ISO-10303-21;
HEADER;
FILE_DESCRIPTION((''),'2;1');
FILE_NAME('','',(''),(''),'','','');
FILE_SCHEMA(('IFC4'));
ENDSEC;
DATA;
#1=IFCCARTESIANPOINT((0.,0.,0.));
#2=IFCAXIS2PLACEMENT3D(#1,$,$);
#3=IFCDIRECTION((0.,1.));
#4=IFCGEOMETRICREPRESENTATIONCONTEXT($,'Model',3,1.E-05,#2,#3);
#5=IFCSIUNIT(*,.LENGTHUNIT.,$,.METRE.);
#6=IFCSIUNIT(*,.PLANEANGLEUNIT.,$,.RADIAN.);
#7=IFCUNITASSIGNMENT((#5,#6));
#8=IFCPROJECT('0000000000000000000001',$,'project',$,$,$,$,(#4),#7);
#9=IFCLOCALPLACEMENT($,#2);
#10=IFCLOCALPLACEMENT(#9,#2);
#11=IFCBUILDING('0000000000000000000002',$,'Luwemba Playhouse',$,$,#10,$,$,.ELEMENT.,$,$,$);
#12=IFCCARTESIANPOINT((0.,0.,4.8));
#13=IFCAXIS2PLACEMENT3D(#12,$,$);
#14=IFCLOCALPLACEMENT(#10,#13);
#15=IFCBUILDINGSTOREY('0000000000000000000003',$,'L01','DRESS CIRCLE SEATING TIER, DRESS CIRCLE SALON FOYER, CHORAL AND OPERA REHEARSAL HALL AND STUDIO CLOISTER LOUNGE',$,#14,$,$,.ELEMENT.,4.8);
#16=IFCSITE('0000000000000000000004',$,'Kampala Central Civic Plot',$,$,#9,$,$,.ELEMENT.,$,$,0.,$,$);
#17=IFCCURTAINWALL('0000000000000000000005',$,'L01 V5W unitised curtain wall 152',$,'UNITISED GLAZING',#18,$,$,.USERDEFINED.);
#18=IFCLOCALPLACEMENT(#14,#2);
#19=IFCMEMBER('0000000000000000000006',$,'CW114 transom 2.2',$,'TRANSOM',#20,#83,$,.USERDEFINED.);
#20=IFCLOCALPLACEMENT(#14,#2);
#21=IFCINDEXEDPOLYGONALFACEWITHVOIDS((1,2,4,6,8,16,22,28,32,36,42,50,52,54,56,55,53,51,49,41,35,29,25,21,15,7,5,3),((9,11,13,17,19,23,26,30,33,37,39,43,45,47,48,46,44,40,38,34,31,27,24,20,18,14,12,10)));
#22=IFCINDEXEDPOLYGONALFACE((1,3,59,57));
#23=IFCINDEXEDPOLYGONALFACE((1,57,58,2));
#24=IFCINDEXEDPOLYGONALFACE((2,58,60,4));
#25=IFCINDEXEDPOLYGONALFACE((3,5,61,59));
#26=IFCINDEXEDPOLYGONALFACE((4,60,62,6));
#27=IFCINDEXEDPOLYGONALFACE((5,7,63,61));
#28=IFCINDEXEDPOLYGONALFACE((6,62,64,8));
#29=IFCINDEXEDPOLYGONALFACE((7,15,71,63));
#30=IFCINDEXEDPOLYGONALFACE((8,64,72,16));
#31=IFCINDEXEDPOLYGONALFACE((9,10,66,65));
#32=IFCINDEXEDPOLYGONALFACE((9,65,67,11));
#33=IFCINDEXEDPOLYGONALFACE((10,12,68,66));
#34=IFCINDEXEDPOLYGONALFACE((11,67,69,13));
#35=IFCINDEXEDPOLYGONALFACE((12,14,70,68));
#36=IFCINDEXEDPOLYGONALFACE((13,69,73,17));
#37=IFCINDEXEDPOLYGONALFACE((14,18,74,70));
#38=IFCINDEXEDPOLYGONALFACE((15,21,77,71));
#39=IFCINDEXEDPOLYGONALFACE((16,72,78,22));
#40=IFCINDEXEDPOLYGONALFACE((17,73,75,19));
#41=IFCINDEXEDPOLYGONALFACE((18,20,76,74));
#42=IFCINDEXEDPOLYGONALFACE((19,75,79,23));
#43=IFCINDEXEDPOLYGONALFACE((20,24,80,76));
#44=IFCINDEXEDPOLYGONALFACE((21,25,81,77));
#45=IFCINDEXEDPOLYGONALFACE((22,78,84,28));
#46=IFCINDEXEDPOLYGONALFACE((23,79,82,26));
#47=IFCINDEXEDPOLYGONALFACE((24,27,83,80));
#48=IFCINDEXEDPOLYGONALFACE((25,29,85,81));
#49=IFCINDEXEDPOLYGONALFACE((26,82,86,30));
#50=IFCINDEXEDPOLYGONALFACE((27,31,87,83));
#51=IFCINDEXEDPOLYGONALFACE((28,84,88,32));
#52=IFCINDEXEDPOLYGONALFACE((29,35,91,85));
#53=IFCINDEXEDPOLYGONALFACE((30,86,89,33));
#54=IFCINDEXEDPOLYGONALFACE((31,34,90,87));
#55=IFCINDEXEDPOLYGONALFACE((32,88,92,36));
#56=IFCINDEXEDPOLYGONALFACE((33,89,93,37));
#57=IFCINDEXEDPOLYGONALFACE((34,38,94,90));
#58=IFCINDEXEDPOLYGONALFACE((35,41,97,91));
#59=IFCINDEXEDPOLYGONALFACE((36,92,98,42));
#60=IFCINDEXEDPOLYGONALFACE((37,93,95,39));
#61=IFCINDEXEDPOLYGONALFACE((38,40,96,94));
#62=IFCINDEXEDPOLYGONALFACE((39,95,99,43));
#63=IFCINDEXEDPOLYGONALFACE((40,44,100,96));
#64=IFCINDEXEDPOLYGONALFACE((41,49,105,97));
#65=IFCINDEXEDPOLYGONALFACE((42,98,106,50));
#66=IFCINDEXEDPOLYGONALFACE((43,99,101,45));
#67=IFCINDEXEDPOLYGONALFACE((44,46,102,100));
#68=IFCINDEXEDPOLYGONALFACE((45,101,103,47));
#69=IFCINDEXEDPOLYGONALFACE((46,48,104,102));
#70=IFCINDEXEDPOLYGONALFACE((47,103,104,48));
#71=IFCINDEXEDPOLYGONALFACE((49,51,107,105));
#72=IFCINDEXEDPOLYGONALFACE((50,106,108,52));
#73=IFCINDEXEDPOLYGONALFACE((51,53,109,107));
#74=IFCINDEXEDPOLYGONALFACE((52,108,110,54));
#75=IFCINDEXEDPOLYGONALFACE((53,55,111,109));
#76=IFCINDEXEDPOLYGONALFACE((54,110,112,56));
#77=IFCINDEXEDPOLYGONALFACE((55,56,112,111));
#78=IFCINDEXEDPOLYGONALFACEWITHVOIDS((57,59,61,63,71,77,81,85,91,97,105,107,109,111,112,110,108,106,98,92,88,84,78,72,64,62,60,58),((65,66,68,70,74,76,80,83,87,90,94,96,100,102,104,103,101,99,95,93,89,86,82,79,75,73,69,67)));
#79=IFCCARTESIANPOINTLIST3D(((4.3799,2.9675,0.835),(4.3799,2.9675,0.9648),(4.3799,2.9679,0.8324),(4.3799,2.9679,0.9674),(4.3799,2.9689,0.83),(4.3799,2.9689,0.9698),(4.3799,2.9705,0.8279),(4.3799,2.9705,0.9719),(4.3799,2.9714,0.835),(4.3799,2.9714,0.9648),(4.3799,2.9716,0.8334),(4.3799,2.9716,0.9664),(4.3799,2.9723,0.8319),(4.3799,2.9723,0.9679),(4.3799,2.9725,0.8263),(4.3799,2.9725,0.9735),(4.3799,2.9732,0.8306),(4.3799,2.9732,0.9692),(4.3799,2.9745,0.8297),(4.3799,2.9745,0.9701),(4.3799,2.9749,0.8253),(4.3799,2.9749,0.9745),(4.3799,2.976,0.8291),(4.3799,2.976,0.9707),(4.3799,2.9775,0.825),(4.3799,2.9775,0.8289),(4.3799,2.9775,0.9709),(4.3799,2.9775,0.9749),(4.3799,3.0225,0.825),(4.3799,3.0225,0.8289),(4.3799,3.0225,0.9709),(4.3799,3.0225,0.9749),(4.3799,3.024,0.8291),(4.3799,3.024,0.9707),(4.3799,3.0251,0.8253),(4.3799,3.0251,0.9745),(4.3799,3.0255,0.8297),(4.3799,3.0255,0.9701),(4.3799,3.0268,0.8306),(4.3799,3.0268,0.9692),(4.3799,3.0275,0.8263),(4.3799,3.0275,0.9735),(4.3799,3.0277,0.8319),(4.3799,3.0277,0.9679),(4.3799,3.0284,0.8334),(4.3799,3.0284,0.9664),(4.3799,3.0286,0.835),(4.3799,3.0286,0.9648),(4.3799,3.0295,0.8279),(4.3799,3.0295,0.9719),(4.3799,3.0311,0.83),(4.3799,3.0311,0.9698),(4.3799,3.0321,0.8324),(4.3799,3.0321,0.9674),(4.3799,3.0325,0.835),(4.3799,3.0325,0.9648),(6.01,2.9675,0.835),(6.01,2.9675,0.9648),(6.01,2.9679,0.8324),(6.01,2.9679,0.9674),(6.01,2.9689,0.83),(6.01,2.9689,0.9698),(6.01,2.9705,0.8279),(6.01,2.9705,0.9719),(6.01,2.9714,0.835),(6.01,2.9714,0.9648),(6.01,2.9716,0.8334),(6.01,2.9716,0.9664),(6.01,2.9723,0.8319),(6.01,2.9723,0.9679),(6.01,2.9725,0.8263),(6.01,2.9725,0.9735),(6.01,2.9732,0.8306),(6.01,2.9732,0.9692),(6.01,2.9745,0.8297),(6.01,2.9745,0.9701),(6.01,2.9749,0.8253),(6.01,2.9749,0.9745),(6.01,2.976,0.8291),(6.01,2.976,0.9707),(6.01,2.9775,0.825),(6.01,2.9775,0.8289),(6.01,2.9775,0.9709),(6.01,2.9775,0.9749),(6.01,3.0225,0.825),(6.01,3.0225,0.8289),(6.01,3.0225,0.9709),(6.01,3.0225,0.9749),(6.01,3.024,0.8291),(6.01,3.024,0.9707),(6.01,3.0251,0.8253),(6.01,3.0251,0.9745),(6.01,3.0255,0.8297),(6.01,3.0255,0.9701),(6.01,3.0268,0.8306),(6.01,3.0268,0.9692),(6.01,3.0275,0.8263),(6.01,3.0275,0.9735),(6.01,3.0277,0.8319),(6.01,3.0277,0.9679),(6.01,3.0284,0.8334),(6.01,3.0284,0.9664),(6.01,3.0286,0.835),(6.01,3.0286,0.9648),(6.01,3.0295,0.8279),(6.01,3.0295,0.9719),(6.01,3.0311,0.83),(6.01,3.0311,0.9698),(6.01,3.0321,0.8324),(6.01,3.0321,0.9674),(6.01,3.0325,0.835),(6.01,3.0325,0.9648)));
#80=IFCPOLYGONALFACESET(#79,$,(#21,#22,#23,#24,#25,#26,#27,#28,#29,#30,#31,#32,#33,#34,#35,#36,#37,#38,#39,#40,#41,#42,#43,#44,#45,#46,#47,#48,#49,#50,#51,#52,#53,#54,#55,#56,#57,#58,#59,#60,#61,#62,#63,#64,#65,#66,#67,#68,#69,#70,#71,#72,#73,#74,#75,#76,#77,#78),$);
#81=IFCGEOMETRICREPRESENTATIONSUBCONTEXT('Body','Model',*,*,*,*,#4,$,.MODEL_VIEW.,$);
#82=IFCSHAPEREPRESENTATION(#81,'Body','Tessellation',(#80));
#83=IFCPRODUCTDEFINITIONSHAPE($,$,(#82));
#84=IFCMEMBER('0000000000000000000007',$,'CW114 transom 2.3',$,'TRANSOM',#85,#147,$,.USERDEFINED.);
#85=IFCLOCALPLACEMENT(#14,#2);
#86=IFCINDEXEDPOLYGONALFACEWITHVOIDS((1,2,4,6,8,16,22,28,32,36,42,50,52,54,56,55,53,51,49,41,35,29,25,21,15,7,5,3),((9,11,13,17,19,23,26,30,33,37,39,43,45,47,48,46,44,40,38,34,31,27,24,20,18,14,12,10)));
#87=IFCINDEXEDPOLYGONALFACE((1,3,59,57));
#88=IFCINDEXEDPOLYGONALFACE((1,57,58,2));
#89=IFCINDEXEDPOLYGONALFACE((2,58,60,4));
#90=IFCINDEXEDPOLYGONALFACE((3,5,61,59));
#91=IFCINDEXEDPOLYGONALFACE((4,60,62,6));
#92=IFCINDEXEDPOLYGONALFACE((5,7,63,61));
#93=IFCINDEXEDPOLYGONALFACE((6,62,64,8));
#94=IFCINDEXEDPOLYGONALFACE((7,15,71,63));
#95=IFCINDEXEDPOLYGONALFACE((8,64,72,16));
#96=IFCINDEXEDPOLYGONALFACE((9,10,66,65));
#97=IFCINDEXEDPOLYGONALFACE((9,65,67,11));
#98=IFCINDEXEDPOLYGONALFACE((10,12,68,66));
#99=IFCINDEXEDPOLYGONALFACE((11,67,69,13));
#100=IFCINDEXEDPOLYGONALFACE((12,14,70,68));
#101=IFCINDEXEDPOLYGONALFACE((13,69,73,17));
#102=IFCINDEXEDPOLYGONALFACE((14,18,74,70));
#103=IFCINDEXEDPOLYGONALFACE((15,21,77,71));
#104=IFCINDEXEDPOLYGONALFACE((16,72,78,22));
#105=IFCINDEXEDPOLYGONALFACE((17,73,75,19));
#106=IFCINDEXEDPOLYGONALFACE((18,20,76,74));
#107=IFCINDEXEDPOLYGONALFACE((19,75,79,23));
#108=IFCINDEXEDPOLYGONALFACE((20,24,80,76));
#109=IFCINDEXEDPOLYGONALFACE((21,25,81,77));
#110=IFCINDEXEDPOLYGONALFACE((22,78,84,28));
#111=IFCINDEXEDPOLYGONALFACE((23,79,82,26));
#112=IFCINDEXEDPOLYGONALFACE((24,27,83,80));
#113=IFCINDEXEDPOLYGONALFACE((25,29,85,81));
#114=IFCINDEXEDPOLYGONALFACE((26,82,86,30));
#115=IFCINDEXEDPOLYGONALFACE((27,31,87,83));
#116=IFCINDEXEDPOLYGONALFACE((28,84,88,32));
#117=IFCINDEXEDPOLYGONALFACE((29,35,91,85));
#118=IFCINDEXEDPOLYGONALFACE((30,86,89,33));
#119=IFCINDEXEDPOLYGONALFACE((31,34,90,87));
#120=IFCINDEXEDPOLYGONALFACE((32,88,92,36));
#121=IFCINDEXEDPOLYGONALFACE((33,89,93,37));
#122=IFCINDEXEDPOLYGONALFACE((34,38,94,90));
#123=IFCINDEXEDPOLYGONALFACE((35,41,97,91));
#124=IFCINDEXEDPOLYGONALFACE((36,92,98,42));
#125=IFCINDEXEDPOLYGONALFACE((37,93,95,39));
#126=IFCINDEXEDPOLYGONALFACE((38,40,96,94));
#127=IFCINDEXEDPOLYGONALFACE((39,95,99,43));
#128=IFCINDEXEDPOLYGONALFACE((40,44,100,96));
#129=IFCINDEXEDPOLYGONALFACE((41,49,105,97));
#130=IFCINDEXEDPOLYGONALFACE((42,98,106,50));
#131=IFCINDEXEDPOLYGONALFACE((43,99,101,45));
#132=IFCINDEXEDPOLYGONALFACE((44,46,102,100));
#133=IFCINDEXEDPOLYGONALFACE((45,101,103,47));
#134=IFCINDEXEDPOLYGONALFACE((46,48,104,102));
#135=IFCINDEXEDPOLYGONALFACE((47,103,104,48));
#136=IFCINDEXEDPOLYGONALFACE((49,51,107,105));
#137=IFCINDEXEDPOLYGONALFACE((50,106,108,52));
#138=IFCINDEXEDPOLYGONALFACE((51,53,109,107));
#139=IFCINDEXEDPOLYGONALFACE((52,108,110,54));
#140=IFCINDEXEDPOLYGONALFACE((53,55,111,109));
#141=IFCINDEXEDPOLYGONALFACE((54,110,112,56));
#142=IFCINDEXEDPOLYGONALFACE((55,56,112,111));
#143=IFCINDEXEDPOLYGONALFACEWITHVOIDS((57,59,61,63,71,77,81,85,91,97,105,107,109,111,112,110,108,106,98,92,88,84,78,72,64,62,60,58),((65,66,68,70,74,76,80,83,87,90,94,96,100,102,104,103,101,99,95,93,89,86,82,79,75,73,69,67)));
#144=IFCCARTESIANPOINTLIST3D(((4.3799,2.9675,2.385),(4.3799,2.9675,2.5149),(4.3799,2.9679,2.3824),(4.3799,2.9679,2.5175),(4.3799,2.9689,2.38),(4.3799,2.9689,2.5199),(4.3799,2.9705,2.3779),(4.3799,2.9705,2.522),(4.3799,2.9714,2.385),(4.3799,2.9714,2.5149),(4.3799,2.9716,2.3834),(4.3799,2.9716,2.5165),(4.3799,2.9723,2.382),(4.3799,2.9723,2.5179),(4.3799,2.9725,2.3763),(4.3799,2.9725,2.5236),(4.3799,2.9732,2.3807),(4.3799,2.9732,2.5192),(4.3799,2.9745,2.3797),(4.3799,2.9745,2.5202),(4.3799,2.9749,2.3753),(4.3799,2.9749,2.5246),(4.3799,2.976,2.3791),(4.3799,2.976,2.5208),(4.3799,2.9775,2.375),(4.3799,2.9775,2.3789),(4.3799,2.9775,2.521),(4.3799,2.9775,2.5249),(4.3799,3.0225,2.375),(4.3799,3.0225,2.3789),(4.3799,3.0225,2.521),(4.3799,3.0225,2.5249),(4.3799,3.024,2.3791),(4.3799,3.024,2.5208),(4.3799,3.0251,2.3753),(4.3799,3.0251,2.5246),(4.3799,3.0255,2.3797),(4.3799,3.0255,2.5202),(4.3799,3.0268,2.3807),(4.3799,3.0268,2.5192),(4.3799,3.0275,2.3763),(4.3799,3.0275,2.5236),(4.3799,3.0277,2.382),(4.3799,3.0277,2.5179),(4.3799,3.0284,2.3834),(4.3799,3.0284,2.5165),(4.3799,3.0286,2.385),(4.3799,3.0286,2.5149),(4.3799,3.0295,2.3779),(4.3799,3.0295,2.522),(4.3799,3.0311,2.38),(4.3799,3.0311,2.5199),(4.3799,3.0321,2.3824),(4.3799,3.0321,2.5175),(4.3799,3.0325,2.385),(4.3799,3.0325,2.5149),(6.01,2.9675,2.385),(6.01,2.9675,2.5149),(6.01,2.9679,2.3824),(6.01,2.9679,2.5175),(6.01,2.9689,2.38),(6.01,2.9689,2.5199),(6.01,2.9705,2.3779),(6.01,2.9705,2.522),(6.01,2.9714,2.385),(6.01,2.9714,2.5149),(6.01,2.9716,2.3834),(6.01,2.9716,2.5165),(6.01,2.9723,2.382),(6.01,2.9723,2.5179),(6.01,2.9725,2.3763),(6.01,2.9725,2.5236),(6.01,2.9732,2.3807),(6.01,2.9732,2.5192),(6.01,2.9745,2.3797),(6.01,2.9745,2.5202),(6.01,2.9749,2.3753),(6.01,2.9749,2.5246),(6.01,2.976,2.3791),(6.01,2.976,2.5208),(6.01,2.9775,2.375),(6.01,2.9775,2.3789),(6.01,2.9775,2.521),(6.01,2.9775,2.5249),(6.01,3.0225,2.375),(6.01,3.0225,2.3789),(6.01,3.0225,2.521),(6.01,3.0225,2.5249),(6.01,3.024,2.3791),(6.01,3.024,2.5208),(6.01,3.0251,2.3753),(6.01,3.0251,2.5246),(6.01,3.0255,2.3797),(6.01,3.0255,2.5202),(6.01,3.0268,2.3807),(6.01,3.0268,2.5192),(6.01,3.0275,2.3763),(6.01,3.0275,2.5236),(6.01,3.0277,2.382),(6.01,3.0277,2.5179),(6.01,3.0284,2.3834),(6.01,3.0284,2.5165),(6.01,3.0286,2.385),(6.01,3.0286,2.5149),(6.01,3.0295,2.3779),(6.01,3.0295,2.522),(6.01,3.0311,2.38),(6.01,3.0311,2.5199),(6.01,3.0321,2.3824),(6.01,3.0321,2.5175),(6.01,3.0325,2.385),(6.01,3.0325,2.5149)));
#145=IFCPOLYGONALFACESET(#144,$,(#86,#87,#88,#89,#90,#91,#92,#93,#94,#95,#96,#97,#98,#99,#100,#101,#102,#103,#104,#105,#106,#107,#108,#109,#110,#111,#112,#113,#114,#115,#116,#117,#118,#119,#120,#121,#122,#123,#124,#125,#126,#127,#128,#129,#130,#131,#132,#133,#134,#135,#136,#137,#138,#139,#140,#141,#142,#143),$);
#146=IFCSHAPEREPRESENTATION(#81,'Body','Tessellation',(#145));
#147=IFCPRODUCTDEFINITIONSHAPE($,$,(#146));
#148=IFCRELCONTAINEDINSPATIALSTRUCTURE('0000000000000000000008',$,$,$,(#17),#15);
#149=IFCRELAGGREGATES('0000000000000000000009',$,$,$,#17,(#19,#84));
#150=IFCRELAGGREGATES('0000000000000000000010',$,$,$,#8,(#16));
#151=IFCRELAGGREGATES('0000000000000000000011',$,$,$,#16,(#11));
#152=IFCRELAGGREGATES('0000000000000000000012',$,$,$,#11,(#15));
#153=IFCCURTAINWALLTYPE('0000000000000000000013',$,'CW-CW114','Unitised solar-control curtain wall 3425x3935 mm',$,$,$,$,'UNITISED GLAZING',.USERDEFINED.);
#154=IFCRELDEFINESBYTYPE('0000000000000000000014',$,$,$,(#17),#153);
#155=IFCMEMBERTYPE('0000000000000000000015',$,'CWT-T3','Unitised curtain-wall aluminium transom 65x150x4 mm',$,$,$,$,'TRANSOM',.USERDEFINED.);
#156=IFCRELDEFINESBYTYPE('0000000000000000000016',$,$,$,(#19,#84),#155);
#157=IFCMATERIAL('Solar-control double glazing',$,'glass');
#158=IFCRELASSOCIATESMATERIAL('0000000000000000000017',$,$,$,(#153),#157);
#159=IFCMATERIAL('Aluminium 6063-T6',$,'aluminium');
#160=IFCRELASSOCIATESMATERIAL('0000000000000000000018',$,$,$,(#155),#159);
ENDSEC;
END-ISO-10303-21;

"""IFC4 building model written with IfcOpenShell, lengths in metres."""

from ifc_helpers import new_model, si_unit, direction, frame, origin, origin_2d, place, context, subcontext, project, spatial, hollow_rectangle, extrude, material, material_profile, profile_set, type_object, element, aggregate, save


model = new_model("IFC4")

# Units and contexts
model_context = context("Model", 3, precision=1e-05, world=origin(), true_north=direction((0.0, 1.0)))
body_context = subcontext(model_context, "Body", "Model", "MODEL_VIEW")
ifc_project = project(units=[si_unit("LENGTHUNIT", "METRE"), si_unit("PLANEANGLEUNIT", "RADIAN")], contexts=[model_context])

# Site, building, storey
site_placement = place(None, origin())
site = spatial("IfcSite", under=ifc_project, at=site_placement, Name="Kampala Central Civic Plot", CompositionType="ELEMENT", RefElevation=0.0)
building_placement = place(site_placement, origin())
building = spatial("IfcBuilding", under=site, at=building_placement, Name="Luwemba Playhouse", CompositionType="ELEMENT")
storey_placement = place(building_placement, frame((0.0, 0.0, 4.8)))
storey = spatial("IfcBuildingStorey", under=building, at=storey_placement, Name="L01", Description="DRESS CIRCLE SEATING TIER, DRESS CIRCLE SALON FOYER, CHORAL AND OPERA REHEARSAL HALL AND STUDIO CLOISTER LOUNGE", CompositionType="ELEMENT", Elevation=4.8)

# Curtain wall, members
ifc_material_1 = material(Name="Solar-control double glazing", Category="glass")
curtain_wall_type = type_object("IfcCurtainWallType", Name="CW-CW114", Description="Unitised solar-control curtain wall 3425x3935 mm", ElementType="UNITISED GLAZING", PredefinedType="USERDEFINED", material=ifc_material_1)
curtain_wall_placement = place(storey_placement, origin())
curtain_wall = element("IfcCurtainWall", 1, at=curtain_wall_placement, inside=storey, type_object=curtain_wall_type, Name="L01 V5W unitised curtain wall 152", ObjectType="UNITISED GLAZING", PredefinedType="USERDEFINED")
ifc_material_2 = material(Name="Aluminium 6063-T6", Category="aluminium")
ifc_material_profile_1 = material_profile(ifc_material_2, hollow_rectangle(XDim=0.0649, YDim=0.1499, WallThickness=0.0039, InnerFilletRadius=0.0061, OuterFilletRadius=0.01, at=origin_2d()))
ifc_profile_set_1 = profile_set([ifc_material_profile_1], Name="Aluminium 6063-T6")
member_type_1 = type_object("IfcMemberType", Name="CWT-T3", Description="Unitised curtain-wall aluminium transom 65x150x4 mm", ElementType="TRANSOM", PredefinedType="USERDEFINED", material=ifc_profile_set_1)
member_1_placement = place(storey_placement, frame((6.01, 3.0, 0.8999), z_axis=(-1.0, 0.0, 0.0), x_axis=(0.0, -1.0, 0.0)))
member_1 = element("IfcMember", 2, at=member_1_placement, type_object=member_type_1, Name="CW114 transom 2.2", ObjectType="TRANSOM", PredefinedType="USERDEFINED", context=body_context, shape_type="SweptSolid", body=[
    extrude(hollow_rectangle(XDim=0.0649, YDim=0.1499, WallThickness=0.0039, InnerFilletRadius=0.0061, OuterFilletRadius=0.01, at=origin_2d()), origin(), (0.0, 0.0, 1.0), 1.6301),
])
member_2_placement = place(storey_placement, frame((6.01, 3.0, 2.45), z_axis=(-1.0, 0.0, 0.0), x_axis=(0.0, -1.0, 0.0)))
member_2 = element("IfcMember", 3, at=member_2_placement, type_object=member_type_1, Name="CW114 transom 2.3", ObjectType="TRANSOM", PredefinedType="USERDEFINED", context=body_context, shape_type="SweptSolid", body=[
    extrude(hollow_rectangle(XDim=0.0649, YDim=0.1499, WallThickness=0.0039, InnerFilletRadius=0.0061, OuterFilletRadius=0.01, at=origin_2d()), origin(), (0.0, 0.0, 1.0), 1.6301),
])
aggregate(curtain_wall, [member_1, member_2])

save(model, "model.ifc")
